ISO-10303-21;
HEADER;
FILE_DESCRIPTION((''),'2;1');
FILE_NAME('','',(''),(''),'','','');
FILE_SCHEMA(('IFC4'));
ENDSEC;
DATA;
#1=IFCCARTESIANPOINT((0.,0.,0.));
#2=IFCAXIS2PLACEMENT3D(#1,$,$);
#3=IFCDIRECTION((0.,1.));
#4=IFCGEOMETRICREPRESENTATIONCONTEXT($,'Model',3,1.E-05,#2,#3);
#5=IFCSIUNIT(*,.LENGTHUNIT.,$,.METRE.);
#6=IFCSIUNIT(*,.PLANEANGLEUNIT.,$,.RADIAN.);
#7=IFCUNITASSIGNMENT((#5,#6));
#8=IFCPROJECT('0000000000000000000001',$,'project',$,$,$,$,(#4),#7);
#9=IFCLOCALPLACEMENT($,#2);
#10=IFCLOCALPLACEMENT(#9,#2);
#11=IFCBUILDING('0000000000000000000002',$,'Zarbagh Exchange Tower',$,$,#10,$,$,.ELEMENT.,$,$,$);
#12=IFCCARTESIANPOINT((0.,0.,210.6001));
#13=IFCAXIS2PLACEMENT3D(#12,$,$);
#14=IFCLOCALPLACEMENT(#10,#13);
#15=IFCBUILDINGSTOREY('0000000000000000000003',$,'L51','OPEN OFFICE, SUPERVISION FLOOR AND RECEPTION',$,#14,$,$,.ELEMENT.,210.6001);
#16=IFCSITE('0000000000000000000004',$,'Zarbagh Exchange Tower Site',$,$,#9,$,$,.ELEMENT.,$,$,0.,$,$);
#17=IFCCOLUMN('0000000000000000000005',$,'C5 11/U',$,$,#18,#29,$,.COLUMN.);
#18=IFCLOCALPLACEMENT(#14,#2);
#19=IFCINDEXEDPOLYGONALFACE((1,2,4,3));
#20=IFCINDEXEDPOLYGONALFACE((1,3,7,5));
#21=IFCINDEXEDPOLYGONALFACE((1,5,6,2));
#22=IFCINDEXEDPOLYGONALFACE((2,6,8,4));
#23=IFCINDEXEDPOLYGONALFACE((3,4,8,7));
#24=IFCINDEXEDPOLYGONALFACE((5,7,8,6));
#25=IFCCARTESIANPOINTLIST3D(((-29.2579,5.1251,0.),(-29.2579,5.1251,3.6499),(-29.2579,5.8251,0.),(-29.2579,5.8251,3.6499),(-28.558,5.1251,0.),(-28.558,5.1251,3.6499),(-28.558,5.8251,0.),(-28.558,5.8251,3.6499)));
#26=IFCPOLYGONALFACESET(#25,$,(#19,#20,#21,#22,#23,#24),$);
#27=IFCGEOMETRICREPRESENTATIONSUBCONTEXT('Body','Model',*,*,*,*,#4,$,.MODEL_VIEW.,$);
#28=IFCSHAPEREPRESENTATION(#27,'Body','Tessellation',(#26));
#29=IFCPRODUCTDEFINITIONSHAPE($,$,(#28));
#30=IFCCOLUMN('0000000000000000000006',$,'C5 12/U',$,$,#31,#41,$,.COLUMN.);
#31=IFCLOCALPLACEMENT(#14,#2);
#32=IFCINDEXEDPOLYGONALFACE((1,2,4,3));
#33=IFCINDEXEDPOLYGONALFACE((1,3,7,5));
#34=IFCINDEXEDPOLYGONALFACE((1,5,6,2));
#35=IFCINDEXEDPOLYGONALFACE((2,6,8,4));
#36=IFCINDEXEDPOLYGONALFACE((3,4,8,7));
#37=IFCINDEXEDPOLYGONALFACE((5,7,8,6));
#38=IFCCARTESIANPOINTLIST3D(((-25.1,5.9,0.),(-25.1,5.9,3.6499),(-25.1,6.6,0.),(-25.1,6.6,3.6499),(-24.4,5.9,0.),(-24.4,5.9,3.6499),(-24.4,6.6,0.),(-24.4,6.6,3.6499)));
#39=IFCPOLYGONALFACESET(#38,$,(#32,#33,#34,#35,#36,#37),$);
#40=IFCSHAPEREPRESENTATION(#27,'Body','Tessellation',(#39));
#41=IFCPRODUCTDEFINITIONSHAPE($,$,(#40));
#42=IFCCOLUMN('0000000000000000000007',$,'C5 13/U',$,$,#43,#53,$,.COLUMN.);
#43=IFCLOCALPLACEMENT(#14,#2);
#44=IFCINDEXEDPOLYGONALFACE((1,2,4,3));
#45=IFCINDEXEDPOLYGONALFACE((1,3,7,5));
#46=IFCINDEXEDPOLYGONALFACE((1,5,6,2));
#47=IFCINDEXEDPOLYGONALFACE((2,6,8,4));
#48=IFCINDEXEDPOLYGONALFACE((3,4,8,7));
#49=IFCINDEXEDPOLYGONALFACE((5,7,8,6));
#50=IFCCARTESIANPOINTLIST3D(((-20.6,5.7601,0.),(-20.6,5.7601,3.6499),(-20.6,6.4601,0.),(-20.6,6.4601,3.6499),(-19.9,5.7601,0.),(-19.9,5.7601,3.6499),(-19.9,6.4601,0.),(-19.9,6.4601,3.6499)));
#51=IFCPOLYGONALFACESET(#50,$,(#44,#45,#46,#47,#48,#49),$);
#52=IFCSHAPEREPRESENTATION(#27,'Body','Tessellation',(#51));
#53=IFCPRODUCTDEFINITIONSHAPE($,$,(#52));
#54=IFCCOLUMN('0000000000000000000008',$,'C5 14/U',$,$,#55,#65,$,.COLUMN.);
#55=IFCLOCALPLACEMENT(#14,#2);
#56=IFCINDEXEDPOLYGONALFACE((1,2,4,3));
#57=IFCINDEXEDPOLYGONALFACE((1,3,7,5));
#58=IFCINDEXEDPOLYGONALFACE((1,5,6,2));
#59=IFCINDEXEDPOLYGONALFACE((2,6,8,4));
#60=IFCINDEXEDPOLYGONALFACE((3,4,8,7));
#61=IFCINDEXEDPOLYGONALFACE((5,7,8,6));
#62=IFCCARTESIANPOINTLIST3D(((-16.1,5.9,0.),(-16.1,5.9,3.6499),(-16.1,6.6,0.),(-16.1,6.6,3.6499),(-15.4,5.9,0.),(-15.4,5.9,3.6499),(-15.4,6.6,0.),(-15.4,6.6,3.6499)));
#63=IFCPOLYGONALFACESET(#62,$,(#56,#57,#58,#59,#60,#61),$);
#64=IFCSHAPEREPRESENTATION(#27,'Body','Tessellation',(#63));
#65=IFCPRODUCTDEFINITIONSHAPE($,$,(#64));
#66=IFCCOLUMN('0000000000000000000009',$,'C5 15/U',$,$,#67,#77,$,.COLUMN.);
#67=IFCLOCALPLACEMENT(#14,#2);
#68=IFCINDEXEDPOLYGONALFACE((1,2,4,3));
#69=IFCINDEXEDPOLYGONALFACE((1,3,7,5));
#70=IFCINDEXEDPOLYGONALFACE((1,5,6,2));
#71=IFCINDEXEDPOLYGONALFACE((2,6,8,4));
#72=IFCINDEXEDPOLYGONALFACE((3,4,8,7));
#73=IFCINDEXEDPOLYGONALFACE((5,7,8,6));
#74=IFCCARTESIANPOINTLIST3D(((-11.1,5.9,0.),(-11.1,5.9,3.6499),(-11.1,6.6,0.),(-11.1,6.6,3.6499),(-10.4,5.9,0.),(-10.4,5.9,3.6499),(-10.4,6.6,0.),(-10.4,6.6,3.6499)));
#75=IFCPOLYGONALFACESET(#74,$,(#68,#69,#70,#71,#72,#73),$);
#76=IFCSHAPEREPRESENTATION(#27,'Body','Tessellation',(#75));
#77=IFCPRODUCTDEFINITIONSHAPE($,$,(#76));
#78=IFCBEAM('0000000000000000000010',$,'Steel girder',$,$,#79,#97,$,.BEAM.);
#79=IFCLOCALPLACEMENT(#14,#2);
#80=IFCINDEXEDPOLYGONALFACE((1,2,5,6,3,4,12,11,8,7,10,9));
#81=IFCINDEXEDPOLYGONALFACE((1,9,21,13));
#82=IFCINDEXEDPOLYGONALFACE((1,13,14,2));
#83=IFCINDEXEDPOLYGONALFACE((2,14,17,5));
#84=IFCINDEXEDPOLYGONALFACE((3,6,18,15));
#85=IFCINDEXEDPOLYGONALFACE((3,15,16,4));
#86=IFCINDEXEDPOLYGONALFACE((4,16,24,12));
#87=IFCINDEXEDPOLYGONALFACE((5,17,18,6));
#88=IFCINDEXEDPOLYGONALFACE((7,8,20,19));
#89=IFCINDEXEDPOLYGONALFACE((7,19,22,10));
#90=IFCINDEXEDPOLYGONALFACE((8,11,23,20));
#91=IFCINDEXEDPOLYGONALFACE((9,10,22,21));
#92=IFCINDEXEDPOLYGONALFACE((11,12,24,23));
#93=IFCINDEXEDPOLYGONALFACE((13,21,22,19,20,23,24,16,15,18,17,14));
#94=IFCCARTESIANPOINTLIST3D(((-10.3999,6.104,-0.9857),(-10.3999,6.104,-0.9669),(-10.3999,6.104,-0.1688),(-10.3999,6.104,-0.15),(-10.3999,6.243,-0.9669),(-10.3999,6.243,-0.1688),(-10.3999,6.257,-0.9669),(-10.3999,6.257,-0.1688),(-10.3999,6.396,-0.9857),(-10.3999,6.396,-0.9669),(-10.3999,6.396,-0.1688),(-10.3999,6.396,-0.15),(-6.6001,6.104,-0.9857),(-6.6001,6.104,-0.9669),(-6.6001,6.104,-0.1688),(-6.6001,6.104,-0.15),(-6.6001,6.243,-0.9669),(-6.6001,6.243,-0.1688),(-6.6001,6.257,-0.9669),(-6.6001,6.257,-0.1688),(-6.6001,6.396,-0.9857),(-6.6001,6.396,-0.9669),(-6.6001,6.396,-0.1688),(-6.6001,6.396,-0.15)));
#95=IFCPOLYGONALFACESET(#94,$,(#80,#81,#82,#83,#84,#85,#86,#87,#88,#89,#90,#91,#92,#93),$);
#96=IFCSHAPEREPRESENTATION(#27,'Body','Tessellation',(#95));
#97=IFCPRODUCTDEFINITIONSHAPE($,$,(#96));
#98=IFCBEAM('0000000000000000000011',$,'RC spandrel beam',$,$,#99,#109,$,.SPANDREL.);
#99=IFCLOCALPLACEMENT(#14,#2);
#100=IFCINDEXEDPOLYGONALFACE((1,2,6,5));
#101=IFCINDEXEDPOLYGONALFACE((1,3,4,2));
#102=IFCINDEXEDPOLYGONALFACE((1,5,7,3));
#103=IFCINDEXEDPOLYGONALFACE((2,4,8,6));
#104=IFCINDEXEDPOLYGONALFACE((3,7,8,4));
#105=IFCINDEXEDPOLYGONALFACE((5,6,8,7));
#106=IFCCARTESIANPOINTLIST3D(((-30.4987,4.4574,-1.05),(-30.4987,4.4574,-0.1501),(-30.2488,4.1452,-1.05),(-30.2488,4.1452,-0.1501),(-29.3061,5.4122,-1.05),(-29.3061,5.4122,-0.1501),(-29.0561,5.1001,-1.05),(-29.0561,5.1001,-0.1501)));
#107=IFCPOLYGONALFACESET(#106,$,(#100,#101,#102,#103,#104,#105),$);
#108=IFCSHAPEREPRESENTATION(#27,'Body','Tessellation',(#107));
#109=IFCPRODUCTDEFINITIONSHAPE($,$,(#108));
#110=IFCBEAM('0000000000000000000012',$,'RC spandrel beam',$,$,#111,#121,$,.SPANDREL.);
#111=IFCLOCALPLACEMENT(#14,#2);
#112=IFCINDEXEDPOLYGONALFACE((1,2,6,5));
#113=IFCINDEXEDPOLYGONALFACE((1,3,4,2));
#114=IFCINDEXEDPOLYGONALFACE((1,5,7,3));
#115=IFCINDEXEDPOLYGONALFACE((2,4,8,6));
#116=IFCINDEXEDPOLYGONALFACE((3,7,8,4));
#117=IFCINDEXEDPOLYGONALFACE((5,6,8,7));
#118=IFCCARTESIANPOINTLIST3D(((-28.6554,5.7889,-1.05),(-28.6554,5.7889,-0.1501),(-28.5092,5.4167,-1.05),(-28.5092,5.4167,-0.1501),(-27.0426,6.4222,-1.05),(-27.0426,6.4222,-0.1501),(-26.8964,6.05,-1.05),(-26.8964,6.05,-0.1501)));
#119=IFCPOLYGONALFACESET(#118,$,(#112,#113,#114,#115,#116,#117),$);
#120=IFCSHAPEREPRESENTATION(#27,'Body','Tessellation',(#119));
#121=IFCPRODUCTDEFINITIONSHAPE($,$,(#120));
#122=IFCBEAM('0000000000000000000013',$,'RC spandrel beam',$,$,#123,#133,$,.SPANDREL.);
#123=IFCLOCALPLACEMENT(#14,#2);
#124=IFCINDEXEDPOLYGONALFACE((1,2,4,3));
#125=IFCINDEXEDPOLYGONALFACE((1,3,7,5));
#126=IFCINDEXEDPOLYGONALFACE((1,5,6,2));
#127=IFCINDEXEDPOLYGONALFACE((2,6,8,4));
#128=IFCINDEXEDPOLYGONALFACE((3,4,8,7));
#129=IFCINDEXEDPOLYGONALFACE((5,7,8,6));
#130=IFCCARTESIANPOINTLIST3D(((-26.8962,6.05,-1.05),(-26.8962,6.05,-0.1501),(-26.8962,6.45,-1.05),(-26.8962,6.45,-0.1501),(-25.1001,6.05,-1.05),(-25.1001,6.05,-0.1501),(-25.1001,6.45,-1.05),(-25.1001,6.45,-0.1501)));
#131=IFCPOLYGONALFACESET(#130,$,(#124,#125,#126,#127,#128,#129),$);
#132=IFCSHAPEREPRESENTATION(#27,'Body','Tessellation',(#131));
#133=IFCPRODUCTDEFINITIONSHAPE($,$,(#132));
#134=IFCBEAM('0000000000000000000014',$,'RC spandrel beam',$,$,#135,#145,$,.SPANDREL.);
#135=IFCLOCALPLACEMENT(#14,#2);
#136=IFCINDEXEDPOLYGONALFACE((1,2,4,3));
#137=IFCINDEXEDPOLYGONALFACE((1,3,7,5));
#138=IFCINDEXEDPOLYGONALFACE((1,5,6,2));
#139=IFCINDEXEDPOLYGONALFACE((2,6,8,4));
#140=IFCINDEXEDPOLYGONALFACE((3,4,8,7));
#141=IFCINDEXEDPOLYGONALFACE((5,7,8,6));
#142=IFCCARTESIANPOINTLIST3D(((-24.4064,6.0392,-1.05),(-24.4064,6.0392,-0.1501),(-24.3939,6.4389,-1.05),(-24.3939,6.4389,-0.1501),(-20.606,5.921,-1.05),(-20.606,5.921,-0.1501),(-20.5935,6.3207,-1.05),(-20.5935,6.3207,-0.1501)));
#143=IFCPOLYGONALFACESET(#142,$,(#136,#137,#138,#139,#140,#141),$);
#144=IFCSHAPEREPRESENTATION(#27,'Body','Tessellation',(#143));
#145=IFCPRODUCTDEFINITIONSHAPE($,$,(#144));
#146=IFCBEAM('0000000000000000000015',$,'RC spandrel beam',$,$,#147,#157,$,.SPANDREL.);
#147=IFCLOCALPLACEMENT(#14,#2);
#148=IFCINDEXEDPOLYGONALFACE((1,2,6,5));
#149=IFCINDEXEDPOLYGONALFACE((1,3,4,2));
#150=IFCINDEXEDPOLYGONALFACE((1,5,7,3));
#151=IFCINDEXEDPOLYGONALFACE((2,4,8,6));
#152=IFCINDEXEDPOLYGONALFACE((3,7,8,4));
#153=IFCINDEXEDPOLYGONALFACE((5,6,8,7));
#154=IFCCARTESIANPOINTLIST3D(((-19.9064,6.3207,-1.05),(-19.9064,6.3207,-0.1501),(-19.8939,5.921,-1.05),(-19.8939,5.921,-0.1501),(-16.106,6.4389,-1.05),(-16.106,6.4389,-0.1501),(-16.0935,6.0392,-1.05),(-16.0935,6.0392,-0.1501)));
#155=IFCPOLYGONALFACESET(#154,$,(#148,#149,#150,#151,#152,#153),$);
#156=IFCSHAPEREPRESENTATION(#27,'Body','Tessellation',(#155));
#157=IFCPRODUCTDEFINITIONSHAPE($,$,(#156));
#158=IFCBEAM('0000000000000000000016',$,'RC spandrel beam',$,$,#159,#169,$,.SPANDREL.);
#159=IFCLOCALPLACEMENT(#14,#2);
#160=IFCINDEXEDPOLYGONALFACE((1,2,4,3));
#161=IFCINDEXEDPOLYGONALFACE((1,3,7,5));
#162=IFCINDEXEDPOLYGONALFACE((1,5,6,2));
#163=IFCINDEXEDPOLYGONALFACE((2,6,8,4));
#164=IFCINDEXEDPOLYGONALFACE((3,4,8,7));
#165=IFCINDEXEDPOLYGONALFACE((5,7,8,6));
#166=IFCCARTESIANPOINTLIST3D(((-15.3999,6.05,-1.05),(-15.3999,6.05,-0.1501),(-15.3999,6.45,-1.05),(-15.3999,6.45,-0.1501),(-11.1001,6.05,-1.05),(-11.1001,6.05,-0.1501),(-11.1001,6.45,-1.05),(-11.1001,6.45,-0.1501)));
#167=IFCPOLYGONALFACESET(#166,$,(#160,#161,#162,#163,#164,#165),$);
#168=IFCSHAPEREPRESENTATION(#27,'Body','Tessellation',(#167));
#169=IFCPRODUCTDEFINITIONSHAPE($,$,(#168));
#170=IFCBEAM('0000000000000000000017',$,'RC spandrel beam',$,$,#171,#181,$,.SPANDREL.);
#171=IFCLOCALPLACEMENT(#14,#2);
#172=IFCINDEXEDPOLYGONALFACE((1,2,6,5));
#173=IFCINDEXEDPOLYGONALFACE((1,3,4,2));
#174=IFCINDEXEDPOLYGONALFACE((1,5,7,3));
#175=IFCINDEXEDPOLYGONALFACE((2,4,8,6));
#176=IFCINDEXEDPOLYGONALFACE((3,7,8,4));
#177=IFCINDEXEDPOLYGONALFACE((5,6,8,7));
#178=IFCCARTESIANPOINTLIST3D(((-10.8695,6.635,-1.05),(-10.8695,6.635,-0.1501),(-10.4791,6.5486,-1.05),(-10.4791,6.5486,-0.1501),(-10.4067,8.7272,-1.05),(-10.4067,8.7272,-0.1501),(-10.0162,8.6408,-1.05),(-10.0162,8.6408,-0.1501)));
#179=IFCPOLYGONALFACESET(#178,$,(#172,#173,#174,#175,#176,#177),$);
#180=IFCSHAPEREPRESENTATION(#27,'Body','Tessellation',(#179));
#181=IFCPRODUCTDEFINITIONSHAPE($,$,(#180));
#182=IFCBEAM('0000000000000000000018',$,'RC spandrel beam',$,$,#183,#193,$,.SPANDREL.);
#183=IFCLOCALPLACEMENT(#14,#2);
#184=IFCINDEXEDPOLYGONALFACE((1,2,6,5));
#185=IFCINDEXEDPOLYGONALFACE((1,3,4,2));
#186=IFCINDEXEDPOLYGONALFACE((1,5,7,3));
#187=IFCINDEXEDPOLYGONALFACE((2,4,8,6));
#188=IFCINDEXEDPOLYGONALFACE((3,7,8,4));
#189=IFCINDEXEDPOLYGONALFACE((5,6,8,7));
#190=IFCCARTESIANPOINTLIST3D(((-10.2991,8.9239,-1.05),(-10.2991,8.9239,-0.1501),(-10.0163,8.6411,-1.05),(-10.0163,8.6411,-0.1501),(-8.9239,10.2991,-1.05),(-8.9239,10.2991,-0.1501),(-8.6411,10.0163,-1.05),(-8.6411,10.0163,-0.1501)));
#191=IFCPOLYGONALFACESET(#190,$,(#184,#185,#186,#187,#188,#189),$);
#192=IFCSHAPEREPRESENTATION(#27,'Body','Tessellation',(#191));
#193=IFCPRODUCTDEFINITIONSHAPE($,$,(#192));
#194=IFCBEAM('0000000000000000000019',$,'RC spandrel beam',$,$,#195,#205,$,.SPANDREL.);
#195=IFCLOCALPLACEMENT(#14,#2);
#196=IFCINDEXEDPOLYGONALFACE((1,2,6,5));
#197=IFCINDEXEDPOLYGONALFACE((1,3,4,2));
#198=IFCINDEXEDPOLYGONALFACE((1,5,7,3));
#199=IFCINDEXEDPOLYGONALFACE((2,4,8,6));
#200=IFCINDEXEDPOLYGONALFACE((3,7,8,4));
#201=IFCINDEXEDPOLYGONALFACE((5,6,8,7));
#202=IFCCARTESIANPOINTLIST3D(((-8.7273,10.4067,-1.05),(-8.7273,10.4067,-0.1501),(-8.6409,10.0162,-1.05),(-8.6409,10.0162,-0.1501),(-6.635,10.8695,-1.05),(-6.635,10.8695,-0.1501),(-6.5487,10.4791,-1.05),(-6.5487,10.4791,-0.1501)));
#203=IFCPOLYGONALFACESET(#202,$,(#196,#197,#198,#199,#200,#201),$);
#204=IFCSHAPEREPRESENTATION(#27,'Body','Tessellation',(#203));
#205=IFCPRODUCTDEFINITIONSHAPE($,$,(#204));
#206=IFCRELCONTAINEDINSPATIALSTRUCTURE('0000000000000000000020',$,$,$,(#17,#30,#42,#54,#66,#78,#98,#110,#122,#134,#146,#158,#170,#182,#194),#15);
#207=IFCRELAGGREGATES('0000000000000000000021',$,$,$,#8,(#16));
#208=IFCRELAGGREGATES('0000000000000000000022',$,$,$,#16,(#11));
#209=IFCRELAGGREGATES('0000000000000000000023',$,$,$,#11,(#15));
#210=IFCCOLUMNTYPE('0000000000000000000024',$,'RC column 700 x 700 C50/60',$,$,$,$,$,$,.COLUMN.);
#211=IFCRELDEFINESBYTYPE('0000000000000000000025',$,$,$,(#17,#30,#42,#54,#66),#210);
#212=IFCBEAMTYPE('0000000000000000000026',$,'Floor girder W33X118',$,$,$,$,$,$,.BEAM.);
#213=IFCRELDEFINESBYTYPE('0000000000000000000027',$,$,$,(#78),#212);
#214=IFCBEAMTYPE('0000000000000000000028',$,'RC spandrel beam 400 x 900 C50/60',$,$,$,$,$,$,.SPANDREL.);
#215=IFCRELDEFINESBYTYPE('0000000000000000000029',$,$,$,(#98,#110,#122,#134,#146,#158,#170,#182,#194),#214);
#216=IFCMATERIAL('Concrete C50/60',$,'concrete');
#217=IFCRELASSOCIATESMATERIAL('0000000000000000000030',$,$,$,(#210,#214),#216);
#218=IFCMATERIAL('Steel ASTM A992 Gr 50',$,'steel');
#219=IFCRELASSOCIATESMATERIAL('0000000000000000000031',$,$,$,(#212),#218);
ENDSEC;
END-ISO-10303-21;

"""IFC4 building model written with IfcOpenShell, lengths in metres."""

from ifc_helpers import new_model, si_unit, direction, frame, origin, origin_2d, place, context, subcontext, project, spatial, rectangle, i_section, extrude, material, material_profile, profile_set, type_object, element, save


model = new_model("IFC4")

# Units and contexts
model_context = context("Model", 3, precision=1e-05, world=origin(), true_north=direction((0.0, 1.0)))
body_context = subcontext(model_context, "Body", "Model", "MODEL_VIEW")
ifc_project = project(units=[si_unit("LENGTHUNIT", "METRE"), si_unit("PLANEANGLEUNIT", "RADIAN")], contexts=[model_context])

# Site, building, storey
site_placement = place(None, origin())
site = spatial("IfcSite", under=ifc_project, at=site_placement, Name="Zarbagh Exchange Tower Site", CompositionType="ELEMENT", RefElevation=0.0)
building_placement = place(site_placement, origin())
building = spatial("IfcBuilding", under=site, at=building_placement, Name="Zarbagh Exchange Tower", CompositionType="ELEMENT")
storey_placement = place(building_placement, frame((0.0, 0.0, 210.6001)))
storey = spatial("IfcBuildingStorey", under=building, at=storey_placement, Name="L51", Description="OPEN OFFICE, SUPERVISION FLOOR AND RECEPTION", CompositionType="ELEMENT", Elevation=210.6001)

# Columns
ifc_material_1 = material(Name="Concrete C50/60", Category="concrete")
ifc_material_profile_1 = material_profile(ifc_material_1, rectangle(XDim=0.7, YDim=0.7, at=origin_2d()), Name="RC column 700 x 700 C50/60")
ifc_profile_set_1 = profile_set([ifc_material_profile_1], Name="Concrete C50/60")
column_type = type_object("IfcColumnType", Name="RC column 700 x 700 C50/60", PredefinedType="COLUMN", material=ifc_profile_set_1)
for number, where, z_axis, x_axis, name in (
    (1, (-28.908, 5.4751, 0.0), (0.0, 0.0, 1.0), (1.0, 0.0, 0.0), "C5 11/U"),
    (2, (-24.75, 6.25, 0.0), (0.0, 0.0, 1.0), (1.0, 0.0, 0.0), "C5 12/U"),
    (3, (-20.25, 6.1101, 0.0), (0.0, 0.0, 1.0), (1.0, 0.0, 0.0), "C5 13/U"),
    (4, (-15.75, 6.25, 0.0), (0.0, 0.0, 1.0), (1.0, 0.0, 0.0), "C5 14/U"),
    (5, (-10.75, 6.25, 0.0), (0.0, 0.0, 1.0), (1.0, 0.0, 0.0), "C5 15/U"),
):
    element("IfcColumn", number, at=place(storey_placement, frame(where, z_axis=z_axis, x_axis=x_axis)), inside=storey, type_object=column_type, Name=name, PredefinedType="COLUMN", context=body_context, shape_type="SweptSolid", body=[
        extrude(rectangle(XDim=0.7, YDim=0.7, at=origin_2d()), origin(), (0.0, 0.0, 1.0), 3.6499),
    ])

# Beams
ifc_material_2 = material(Name="Steel ASTM A992 Gr 50", Category="steel")
ifc_material_profile_2 = material_profile(ifc_material_2, i_section(OverallWidth=0.292, OverallDepth=0.8357, WebThickness=0.0139, FlangeThickness=0.0188, at=origin_2d()), Name="W33X118")
ifc_profile_set_2 = profile_set([ifc_material_profile_2], Name="Steel ASTM A992 Gr 50")
beam_type_1 = type_object("IfcBeamType", Name="Floor girder W33X118", PredefinedType="BEAM", material=ifc_profile_set_2)
beam_1_placement = place(storey_placement, frame((-10.3999, 6.25, -0.5679), z_axis=(1.0, 0.0, 0.0), x_axis=(0.0, 1.0, 0.0)))
element("IfcBeam", 6, at=beam_1_placement, inside=storey, type_object=beam_type_1, Name="Steel girder", PredefinedType="BEAM", context=body_context, shape_type="SweptSolid", body=[
    extrude(i_section(OverallWidth=0.292, OverallDepth=0.8357, WebThickness=0.0139, FlangeThickness=0.0188, at=origin_2d()), origin(), (0.0, 0.0, 1.0), 3.7998),
])
ifc_material_profile_3 = material_profile(ifc_material_1, rectangle(XDim=0.3999, YDim=0.8999, at=origin_2d()), Name="RC spandrel beam 400 x 900 C50/60")
ifc_profile_set_3 = profile_set([ifc_material_profile_3], Name="Concrete C50/60")
beam_type_2 = type_object("IfcBeamType", Name="RC spandrel beam 400 x 900 C50/60", PredefinedType="SPANDREL", material=ifc_profile_set_3)
beam_2_placement = place(storey_placement, frame((-30.3738, 4.3013, -0.6001), z_axis=(0.780635, 0.624987, 0.0), x_axis=(-0.624987, 0.780635, 0.0)))
element("IfcBeam", 7, at=beam_2_placement, inside=storey, type_object=beam_type_2, Name="RC spandrel beam", PredefinedType="SPANDREL", context=body_context, shape_type="SweptSolid", body=[
    extrude(rectangle(XDim=0.3999, YDim=0.8999, at=origin_2d()), origin(), (0.0, 0.0, 1.0), 1.5278),
])
beam_3_placement = place(storey_placement, frame((-28.5823, 5.6028, -0.6001), z_axis=(0.93081, 0.365504, 0.0), x_axis=(-0.365504, 0.93081, 0.0)))
element("IfcBeam", 8, at=beam_3_placement, inside=storey, type_object=beam_type_2, Name="RC spandrel beam", PredefinedType="SPANDREL", context=body_context, shape_type="SweptSolid", body=[
    extrude(rectangle(XDim=0.3999, YDim=0.8999, at=origin_2d()), origin(), (0.0, 0.0, 1.0), 1.7327),
])
beam_4_placement = place(storey_placement, frame((-26.8962, 6.25, -0.6001), z_axis=(1.0, 0.0, 0.0), x_axis=(0.0, 1.0, 0.0)))
element("IfcBeam", 9, at=beam_4_placement, inside=storey, type_object=beam_type_2, Name="RC spandrel beam", PredefinedType="SPANDREL", context=body_context, shape_type="SweptSolid", body=[
    extrude(rectangle(XDim=0.3999, YDim=0.8999, at=origin_2d()), origin(), (0.0, 0.0, 1.0), 1.7961),
])
for number, where, z_axis, x_axis, name in (
    (10, (-24.4001, 6.239, -0.6001), (0.999517, -0.031078, 0.0), (0.031078, 0.999517, 0.0), "RC spandrel beam"),
    (11, (-19.9001, 6.1208, -0.6001), (0.999517, 0.031078, 0.0), (-0.031078, 0.999517, 0.0), "RC spandrel beam"),
):
    element("IfcBeam", number, at=place(storey_placement, frame(where, z_axis=z_axis, x_axis=x_axis)), inside=storey, type_object=beam_type_2, Name=name, PredefinedType="SPANDREL", context=body_context, shape_type="SweptSolid", body=[
        extrude(rectangle(XDim=0.3999, YDim=0.8999, at=origin_2d()), origin(), (0.0, 0.0, 1.0), 3.8022),
    ])
beam_5_placement = place(storey_placement, frame((-15.3999, 6.25, -0.6001), z_axis=(1.0, 0.0, 0.0), x_axis=(0.0, 1.0, 0.0)))
element("IfcBeam", 12, at=beam_5_placement, inside=storey, type_object=beam_type_2, Name="RC spandrel beam", PredefinedType="SPANDREL", context=body_context, shape_type="SweptSolid", body=[
    extrude(rectangle(XDim=0.3999, YDim=0.8999, at=origin_2d()), origin(), (0.0, 0.0, 1.0), 4.2998),
])
beam_6_placement = place(storey_placement, frame((-10.6743, 6.5918, -0.6001), z_axis=(0.216014, 0.97639, 0.0), x_axis=(-0.97639, 0.216014, 0.0)))
element("IfcBeam", 13, at=beam_6_placement, inside=storey, type_object=beam_type_2, Name="RC spandrel beam", PredefinedType="SPANDREL", context=body_context, shape_type="SweptSolid", body=[
    extrude(rectangle(XDim=0.3999, YDim=0.8999, at=origin_2d()), origin(), (0.0, 0.0, 1.0), 2.1428),
])
beam_7_placement = place(storey_placement, frame((-10.1577, 8.7825, -0.6001), z_axis=(0.707107, 0.707107, 0.0), x_axis=(-0.707107, 0.707107, 0.0)))
element("IfcBeam", 14, at=beam_7_placement, inside=storey, type_object=beam_type_2, Name="RC spandrel beam", PredefinedType="SPANDREL", context=body_context, shape_type="SweptSolid", body=[
    extrude(rectangle(XDim=0.3999, YDim=0.8999, at=origin_2d()), origin(), (0.0, 0.0, 1.0), 1.9448),
])
beam_8_placement = place(storey_placement, frame((-8.6841, 10.2114, -0.6001), z_axis=(0.97639, 0.216014, 0.0), x_axis=(-0.216014, 0.97639, 0.0)))
element("IfcBeam", 15, at=beam_8_placement, inside=storey, type_object=beam_type_2, Name="RC spandrel beam", PredefinedType="SPANDREL", context=body_context, shape_type="SweptSolid", body=[
    extrude(rectangle(XDim=0.3999, YDim=0.8999, at=origin_2d()), origin(), (0.0, 0.0, 1.0), 2.1428),
])

save(model, "model.ifc")
